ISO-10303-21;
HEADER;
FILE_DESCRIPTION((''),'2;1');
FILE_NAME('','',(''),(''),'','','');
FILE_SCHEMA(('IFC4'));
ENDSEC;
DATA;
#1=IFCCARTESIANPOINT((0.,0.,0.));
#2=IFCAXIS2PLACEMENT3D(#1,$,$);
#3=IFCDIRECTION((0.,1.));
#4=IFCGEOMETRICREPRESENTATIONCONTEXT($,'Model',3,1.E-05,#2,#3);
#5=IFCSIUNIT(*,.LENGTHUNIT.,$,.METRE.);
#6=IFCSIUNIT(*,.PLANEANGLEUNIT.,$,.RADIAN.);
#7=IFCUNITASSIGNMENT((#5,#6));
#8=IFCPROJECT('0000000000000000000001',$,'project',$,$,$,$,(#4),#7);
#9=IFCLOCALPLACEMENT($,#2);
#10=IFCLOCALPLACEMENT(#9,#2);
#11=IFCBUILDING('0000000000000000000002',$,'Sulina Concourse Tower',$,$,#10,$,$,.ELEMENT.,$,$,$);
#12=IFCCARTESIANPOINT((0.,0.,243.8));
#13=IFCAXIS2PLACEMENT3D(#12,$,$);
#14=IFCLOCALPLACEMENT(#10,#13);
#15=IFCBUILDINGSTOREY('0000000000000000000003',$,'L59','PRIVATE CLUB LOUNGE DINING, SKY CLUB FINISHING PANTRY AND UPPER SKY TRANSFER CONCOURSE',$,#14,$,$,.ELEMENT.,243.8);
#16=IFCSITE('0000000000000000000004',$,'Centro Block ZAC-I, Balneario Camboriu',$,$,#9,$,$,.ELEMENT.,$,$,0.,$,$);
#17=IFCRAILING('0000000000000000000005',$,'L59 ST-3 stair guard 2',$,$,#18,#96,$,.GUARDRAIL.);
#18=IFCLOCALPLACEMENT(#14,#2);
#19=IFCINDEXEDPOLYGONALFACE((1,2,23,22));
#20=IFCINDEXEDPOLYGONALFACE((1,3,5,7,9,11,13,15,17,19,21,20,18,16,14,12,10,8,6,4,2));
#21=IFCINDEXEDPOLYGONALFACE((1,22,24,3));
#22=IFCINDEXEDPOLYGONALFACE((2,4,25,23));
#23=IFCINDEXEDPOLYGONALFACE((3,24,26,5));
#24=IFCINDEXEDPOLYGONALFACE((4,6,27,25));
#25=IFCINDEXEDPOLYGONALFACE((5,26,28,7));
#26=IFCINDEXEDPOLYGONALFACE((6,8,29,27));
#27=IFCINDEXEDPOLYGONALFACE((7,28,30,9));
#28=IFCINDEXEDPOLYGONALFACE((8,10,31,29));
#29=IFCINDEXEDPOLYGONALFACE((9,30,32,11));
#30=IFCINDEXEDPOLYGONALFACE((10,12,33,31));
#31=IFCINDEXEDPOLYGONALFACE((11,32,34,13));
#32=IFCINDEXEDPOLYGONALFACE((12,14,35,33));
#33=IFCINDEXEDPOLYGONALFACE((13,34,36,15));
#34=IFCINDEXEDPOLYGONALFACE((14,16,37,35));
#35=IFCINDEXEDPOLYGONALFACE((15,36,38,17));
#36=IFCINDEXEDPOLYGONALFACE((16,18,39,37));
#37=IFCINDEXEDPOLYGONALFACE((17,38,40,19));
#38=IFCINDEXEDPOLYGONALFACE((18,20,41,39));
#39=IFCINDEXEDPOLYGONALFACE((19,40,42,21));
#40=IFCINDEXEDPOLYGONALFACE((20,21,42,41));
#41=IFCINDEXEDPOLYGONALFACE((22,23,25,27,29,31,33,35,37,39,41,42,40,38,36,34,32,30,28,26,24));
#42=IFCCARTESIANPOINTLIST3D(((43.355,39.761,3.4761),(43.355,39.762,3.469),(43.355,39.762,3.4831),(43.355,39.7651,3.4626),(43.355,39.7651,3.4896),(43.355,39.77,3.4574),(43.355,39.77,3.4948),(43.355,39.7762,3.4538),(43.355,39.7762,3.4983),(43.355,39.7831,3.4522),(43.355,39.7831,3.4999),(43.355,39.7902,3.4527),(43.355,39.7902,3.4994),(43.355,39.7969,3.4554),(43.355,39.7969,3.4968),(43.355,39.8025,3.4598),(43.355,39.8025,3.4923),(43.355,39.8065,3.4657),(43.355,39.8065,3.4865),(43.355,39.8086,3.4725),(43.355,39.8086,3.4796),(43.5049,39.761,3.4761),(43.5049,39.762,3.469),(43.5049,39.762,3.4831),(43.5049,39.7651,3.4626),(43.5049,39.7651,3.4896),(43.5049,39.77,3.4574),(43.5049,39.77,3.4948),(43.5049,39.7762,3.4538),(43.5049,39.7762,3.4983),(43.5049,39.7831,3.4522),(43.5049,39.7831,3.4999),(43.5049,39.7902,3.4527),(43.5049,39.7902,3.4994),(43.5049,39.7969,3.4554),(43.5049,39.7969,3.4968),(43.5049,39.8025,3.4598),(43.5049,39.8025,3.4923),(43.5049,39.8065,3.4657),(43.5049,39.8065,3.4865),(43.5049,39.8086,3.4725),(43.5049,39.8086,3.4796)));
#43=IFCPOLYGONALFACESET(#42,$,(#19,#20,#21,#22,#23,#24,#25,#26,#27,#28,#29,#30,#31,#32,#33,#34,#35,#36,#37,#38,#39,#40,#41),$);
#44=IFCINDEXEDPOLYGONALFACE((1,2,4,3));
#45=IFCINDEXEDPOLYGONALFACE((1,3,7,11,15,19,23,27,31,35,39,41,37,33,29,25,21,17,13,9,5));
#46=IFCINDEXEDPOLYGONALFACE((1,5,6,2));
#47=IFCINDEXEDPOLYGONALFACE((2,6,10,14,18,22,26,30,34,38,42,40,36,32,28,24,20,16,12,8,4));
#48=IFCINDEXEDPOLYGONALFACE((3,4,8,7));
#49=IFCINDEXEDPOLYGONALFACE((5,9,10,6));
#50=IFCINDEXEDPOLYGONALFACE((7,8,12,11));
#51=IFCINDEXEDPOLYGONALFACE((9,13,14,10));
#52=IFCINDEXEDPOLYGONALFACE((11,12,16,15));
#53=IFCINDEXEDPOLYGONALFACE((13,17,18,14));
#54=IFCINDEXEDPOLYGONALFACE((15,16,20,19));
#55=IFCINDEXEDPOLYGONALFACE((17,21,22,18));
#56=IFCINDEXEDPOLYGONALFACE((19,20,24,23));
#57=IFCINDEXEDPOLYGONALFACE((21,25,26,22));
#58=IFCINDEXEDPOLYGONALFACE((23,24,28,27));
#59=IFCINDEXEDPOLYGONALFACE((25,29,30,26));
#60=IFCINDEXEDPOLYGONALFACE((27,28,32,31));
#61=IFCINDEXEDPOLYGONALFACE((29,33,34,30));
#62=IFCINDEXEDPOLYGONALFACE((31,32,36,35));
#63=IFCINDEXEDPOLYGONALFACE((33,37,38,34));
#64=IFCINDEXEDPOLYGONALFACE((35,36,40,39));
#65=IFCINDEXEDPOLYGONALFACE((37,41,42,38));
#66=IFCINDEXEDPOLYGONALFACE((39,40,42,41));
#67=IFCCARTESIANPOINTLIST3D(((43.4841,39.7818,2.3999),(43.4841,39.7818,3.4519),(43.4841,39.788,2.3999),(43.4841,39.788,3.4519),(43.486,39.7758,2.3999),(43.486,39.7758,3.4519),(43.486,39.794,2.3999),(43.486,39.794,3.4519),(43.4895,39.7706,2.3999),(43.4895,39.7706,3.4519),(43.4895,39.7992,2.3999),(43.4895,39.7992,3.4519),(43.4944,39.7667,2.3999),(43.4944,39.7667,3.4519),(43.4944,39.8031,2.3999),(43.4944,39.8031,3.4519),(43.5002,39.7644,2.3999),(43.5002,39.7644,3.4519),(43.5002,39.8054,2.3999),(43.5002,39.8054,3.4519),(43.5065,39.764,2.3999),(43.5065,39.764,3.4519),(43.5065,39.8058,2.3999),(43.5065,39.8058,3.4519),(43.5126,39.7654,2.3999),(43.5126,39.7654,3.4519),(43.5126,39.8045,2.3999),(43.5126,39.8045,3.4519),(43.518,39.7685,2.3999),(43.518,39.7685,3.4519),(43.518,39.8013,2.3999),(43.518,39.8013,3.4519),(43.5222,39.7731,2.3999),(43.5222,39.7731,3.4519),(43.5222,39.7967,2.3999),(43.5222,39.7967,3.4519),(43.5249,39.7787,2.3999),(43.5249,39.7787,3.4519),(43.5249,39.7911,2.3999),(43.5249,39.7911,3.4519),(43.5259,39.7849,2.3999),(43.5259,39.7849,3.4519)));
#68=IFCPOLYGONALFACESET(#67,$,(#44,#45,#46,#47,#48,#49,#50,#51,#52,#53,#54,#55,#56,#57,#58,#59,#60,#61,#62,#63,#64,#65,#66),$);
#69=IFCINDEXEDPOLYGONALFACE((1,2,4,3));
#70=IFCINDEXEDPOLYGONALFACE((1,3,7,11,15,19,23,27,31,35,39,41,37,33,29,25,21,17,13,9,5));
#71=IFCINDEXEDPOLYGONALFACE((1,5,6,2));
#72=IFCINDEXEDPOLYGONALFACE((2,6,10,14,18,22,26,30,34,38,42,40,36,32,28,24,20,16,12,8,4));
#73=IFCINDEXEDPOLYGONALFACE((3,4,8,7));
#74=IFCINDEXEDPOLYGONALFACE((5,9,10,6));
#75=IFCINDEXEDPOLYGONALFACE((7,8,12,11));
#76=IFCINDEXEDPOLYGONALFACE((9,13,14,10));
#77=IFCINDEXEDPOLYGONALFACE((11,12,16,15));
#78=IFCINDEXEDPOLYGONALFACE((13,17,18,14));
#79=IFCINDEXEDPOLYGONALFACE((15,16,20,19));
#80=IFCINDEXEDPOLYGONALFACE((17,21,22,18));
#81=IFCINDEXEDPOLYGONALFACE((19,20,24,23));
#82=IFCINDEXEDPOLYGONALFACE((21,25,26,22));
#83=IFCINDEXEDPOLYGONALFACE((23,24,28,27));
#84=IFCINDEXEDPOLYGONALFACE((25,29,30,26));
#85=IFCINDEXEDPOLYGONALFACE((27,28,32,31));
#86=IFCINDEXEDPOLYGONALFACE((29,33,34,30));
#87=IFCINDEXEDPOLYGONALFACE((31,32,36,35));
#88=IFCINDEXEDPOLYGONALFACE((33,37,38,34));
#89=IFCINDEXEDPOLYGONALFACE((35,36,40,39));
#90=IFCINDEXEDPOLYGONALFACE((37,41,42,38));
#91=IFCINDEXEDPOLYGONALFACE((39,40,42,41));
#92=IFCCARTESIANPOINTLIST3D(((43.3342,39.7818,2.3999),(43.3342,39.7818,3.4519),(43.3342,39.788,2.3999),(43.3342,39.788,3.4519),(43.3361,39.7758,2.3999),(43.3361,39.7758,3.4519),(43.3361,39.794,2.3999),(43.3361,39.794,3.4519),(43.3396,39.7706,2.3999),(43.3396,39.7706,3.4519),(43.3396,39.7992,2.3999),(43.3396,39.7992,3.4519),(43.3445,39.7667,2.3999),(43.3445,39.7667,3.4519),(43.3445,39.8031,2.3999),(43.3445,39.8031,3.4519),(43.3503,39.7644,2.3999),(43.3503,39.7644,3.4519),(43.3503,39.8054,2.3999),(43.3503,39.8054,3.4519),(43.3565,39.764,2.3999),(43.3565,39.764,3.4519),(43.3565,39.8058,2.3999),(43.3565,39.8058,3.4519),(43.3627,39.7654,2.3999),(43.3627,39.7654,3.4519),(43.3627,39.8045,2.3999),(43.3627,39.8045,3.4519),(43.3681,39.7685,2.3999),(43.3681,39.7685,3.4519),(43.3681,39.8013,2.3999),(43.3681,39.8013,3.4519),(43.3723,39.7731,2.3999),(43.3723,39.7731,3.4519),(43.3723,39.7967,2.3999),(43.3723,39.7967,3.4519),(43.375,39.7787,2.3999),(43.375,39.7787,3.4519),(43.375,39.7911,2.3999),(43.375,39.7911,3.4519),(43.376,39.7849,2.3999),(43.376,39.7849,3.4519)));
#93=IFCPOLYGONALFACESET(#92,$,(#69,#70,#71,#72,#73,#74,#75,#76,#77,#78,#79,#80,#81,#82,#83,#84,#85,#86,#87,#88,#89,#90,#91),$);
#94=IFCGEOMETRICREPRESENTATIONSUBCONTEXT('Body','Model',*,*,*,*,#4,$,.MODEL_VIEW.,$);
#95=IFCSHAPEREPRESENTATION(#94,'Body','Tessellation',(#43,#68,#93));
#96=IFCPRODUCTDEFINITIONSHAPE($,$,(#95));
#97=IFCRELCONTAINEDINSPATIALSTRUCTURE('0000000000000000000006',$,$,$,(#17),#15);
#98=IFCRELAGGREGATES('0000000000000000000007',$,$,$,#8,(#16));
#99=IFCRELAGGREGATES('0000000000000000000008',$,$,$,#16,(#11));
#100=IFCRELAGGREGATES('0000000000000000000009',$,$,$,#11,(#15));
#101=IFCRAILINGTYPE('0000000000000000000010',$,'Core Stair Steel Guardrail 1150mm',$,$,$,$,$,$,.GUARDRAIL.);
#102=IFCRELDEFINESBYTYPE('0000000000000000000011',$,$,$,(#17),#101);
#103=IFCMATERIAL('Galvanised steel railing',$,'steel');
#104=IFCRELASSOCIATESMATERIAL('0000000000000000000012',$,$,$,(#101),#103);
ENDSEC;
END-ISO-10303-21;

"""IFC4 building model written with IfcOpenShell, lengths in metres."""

from ifc_helpers import new_model, si_unit, direction, frame, origin, origin_2d, place, context, subcontext, project, spatial, circle, extrude, material, type_object, element, save


model = new_model("IFC4")

# Units and contexts
model_context = context("Model", 3, precision=1e-05, world=origin(), true_north=direction((0.0, 1.0)))
body_context = subcontext(model_context, "Body", "Model", "MODEL_VIEW")
ifc_project = project(units=[si_unit("LENGTHUNIT", "METRE"), si_unit("PLANEANGLEUNIT", "RADIAN")], contexts=[model_context])

# Site, building, storey
site_placement = place(None, origin())
site = spatial("IfcSite", under=ifc_project, at=site_placement, Name="Centro Block ZAC-I, Balneario Camboriu", CompositionType="ELEMENT", RefElevation=0.0)
building_placement = place(site_placement, origin())
building = spatial("IfcBuilding", under=site, at=building_placement, Name="Sulina Concourse Tower", CompositionType="ELEMENT")
storey_placement = place(building_placement, frame((0.0, 0.0, 243.8)))
storey = spatial("IfcBuildingStorey", under=building, at=storey_placement, Name="L59", Description="PRIVATE CLUB LOUNGE DINING, SKY CLUB FINISHING PANTRY AND UPPER SKY TRANSFER CONCOURSE", CompositionType="ELEMENT", Elevation=243.8)

# Railing
ifc_material_1 = material(Name="Galvanised steel railing", Category="steel")
railing_type_1 = type_object("IfcRailingType", Name="Core Stair Steel Guardrail 1150mm", PredefinedType="GUARDRAIL", material=ifc_material_1)
railing_1_placement = place(storey_placement, frame((43.5049, 39.7849, 2.3999)))
element("IfcRailing", 1, at=railing_1_placement, inside=storey, type_object=railing_type_1, Name="L59 ST-3 stair guard 2", PredefinedType="GUARDRAIL", context=body_context, shape_type="SweptSolid", body=[
    extrude(circle(Radius=0.0239, at=origin_2d()), frame((0.0, 0.0, 1.0762), z_axis=(-1.0, 0.0, 0.0), x_axis=(0.0, -1.0, 0.0)), (0.0, 0.0, 1.0), 0.1499),
    extrude(circle(Radius=0.021, at=origin_2d()), origin(), (0.0, 0.0, 1.0), 1.052),
    extrude(circle(Radius=0.021, at=origin_2d()), frame((-0.1499, 0.0, 0.0)), (0.0, 0.0, 1.0), 1.052),
])

save(model, "model.ifc")
